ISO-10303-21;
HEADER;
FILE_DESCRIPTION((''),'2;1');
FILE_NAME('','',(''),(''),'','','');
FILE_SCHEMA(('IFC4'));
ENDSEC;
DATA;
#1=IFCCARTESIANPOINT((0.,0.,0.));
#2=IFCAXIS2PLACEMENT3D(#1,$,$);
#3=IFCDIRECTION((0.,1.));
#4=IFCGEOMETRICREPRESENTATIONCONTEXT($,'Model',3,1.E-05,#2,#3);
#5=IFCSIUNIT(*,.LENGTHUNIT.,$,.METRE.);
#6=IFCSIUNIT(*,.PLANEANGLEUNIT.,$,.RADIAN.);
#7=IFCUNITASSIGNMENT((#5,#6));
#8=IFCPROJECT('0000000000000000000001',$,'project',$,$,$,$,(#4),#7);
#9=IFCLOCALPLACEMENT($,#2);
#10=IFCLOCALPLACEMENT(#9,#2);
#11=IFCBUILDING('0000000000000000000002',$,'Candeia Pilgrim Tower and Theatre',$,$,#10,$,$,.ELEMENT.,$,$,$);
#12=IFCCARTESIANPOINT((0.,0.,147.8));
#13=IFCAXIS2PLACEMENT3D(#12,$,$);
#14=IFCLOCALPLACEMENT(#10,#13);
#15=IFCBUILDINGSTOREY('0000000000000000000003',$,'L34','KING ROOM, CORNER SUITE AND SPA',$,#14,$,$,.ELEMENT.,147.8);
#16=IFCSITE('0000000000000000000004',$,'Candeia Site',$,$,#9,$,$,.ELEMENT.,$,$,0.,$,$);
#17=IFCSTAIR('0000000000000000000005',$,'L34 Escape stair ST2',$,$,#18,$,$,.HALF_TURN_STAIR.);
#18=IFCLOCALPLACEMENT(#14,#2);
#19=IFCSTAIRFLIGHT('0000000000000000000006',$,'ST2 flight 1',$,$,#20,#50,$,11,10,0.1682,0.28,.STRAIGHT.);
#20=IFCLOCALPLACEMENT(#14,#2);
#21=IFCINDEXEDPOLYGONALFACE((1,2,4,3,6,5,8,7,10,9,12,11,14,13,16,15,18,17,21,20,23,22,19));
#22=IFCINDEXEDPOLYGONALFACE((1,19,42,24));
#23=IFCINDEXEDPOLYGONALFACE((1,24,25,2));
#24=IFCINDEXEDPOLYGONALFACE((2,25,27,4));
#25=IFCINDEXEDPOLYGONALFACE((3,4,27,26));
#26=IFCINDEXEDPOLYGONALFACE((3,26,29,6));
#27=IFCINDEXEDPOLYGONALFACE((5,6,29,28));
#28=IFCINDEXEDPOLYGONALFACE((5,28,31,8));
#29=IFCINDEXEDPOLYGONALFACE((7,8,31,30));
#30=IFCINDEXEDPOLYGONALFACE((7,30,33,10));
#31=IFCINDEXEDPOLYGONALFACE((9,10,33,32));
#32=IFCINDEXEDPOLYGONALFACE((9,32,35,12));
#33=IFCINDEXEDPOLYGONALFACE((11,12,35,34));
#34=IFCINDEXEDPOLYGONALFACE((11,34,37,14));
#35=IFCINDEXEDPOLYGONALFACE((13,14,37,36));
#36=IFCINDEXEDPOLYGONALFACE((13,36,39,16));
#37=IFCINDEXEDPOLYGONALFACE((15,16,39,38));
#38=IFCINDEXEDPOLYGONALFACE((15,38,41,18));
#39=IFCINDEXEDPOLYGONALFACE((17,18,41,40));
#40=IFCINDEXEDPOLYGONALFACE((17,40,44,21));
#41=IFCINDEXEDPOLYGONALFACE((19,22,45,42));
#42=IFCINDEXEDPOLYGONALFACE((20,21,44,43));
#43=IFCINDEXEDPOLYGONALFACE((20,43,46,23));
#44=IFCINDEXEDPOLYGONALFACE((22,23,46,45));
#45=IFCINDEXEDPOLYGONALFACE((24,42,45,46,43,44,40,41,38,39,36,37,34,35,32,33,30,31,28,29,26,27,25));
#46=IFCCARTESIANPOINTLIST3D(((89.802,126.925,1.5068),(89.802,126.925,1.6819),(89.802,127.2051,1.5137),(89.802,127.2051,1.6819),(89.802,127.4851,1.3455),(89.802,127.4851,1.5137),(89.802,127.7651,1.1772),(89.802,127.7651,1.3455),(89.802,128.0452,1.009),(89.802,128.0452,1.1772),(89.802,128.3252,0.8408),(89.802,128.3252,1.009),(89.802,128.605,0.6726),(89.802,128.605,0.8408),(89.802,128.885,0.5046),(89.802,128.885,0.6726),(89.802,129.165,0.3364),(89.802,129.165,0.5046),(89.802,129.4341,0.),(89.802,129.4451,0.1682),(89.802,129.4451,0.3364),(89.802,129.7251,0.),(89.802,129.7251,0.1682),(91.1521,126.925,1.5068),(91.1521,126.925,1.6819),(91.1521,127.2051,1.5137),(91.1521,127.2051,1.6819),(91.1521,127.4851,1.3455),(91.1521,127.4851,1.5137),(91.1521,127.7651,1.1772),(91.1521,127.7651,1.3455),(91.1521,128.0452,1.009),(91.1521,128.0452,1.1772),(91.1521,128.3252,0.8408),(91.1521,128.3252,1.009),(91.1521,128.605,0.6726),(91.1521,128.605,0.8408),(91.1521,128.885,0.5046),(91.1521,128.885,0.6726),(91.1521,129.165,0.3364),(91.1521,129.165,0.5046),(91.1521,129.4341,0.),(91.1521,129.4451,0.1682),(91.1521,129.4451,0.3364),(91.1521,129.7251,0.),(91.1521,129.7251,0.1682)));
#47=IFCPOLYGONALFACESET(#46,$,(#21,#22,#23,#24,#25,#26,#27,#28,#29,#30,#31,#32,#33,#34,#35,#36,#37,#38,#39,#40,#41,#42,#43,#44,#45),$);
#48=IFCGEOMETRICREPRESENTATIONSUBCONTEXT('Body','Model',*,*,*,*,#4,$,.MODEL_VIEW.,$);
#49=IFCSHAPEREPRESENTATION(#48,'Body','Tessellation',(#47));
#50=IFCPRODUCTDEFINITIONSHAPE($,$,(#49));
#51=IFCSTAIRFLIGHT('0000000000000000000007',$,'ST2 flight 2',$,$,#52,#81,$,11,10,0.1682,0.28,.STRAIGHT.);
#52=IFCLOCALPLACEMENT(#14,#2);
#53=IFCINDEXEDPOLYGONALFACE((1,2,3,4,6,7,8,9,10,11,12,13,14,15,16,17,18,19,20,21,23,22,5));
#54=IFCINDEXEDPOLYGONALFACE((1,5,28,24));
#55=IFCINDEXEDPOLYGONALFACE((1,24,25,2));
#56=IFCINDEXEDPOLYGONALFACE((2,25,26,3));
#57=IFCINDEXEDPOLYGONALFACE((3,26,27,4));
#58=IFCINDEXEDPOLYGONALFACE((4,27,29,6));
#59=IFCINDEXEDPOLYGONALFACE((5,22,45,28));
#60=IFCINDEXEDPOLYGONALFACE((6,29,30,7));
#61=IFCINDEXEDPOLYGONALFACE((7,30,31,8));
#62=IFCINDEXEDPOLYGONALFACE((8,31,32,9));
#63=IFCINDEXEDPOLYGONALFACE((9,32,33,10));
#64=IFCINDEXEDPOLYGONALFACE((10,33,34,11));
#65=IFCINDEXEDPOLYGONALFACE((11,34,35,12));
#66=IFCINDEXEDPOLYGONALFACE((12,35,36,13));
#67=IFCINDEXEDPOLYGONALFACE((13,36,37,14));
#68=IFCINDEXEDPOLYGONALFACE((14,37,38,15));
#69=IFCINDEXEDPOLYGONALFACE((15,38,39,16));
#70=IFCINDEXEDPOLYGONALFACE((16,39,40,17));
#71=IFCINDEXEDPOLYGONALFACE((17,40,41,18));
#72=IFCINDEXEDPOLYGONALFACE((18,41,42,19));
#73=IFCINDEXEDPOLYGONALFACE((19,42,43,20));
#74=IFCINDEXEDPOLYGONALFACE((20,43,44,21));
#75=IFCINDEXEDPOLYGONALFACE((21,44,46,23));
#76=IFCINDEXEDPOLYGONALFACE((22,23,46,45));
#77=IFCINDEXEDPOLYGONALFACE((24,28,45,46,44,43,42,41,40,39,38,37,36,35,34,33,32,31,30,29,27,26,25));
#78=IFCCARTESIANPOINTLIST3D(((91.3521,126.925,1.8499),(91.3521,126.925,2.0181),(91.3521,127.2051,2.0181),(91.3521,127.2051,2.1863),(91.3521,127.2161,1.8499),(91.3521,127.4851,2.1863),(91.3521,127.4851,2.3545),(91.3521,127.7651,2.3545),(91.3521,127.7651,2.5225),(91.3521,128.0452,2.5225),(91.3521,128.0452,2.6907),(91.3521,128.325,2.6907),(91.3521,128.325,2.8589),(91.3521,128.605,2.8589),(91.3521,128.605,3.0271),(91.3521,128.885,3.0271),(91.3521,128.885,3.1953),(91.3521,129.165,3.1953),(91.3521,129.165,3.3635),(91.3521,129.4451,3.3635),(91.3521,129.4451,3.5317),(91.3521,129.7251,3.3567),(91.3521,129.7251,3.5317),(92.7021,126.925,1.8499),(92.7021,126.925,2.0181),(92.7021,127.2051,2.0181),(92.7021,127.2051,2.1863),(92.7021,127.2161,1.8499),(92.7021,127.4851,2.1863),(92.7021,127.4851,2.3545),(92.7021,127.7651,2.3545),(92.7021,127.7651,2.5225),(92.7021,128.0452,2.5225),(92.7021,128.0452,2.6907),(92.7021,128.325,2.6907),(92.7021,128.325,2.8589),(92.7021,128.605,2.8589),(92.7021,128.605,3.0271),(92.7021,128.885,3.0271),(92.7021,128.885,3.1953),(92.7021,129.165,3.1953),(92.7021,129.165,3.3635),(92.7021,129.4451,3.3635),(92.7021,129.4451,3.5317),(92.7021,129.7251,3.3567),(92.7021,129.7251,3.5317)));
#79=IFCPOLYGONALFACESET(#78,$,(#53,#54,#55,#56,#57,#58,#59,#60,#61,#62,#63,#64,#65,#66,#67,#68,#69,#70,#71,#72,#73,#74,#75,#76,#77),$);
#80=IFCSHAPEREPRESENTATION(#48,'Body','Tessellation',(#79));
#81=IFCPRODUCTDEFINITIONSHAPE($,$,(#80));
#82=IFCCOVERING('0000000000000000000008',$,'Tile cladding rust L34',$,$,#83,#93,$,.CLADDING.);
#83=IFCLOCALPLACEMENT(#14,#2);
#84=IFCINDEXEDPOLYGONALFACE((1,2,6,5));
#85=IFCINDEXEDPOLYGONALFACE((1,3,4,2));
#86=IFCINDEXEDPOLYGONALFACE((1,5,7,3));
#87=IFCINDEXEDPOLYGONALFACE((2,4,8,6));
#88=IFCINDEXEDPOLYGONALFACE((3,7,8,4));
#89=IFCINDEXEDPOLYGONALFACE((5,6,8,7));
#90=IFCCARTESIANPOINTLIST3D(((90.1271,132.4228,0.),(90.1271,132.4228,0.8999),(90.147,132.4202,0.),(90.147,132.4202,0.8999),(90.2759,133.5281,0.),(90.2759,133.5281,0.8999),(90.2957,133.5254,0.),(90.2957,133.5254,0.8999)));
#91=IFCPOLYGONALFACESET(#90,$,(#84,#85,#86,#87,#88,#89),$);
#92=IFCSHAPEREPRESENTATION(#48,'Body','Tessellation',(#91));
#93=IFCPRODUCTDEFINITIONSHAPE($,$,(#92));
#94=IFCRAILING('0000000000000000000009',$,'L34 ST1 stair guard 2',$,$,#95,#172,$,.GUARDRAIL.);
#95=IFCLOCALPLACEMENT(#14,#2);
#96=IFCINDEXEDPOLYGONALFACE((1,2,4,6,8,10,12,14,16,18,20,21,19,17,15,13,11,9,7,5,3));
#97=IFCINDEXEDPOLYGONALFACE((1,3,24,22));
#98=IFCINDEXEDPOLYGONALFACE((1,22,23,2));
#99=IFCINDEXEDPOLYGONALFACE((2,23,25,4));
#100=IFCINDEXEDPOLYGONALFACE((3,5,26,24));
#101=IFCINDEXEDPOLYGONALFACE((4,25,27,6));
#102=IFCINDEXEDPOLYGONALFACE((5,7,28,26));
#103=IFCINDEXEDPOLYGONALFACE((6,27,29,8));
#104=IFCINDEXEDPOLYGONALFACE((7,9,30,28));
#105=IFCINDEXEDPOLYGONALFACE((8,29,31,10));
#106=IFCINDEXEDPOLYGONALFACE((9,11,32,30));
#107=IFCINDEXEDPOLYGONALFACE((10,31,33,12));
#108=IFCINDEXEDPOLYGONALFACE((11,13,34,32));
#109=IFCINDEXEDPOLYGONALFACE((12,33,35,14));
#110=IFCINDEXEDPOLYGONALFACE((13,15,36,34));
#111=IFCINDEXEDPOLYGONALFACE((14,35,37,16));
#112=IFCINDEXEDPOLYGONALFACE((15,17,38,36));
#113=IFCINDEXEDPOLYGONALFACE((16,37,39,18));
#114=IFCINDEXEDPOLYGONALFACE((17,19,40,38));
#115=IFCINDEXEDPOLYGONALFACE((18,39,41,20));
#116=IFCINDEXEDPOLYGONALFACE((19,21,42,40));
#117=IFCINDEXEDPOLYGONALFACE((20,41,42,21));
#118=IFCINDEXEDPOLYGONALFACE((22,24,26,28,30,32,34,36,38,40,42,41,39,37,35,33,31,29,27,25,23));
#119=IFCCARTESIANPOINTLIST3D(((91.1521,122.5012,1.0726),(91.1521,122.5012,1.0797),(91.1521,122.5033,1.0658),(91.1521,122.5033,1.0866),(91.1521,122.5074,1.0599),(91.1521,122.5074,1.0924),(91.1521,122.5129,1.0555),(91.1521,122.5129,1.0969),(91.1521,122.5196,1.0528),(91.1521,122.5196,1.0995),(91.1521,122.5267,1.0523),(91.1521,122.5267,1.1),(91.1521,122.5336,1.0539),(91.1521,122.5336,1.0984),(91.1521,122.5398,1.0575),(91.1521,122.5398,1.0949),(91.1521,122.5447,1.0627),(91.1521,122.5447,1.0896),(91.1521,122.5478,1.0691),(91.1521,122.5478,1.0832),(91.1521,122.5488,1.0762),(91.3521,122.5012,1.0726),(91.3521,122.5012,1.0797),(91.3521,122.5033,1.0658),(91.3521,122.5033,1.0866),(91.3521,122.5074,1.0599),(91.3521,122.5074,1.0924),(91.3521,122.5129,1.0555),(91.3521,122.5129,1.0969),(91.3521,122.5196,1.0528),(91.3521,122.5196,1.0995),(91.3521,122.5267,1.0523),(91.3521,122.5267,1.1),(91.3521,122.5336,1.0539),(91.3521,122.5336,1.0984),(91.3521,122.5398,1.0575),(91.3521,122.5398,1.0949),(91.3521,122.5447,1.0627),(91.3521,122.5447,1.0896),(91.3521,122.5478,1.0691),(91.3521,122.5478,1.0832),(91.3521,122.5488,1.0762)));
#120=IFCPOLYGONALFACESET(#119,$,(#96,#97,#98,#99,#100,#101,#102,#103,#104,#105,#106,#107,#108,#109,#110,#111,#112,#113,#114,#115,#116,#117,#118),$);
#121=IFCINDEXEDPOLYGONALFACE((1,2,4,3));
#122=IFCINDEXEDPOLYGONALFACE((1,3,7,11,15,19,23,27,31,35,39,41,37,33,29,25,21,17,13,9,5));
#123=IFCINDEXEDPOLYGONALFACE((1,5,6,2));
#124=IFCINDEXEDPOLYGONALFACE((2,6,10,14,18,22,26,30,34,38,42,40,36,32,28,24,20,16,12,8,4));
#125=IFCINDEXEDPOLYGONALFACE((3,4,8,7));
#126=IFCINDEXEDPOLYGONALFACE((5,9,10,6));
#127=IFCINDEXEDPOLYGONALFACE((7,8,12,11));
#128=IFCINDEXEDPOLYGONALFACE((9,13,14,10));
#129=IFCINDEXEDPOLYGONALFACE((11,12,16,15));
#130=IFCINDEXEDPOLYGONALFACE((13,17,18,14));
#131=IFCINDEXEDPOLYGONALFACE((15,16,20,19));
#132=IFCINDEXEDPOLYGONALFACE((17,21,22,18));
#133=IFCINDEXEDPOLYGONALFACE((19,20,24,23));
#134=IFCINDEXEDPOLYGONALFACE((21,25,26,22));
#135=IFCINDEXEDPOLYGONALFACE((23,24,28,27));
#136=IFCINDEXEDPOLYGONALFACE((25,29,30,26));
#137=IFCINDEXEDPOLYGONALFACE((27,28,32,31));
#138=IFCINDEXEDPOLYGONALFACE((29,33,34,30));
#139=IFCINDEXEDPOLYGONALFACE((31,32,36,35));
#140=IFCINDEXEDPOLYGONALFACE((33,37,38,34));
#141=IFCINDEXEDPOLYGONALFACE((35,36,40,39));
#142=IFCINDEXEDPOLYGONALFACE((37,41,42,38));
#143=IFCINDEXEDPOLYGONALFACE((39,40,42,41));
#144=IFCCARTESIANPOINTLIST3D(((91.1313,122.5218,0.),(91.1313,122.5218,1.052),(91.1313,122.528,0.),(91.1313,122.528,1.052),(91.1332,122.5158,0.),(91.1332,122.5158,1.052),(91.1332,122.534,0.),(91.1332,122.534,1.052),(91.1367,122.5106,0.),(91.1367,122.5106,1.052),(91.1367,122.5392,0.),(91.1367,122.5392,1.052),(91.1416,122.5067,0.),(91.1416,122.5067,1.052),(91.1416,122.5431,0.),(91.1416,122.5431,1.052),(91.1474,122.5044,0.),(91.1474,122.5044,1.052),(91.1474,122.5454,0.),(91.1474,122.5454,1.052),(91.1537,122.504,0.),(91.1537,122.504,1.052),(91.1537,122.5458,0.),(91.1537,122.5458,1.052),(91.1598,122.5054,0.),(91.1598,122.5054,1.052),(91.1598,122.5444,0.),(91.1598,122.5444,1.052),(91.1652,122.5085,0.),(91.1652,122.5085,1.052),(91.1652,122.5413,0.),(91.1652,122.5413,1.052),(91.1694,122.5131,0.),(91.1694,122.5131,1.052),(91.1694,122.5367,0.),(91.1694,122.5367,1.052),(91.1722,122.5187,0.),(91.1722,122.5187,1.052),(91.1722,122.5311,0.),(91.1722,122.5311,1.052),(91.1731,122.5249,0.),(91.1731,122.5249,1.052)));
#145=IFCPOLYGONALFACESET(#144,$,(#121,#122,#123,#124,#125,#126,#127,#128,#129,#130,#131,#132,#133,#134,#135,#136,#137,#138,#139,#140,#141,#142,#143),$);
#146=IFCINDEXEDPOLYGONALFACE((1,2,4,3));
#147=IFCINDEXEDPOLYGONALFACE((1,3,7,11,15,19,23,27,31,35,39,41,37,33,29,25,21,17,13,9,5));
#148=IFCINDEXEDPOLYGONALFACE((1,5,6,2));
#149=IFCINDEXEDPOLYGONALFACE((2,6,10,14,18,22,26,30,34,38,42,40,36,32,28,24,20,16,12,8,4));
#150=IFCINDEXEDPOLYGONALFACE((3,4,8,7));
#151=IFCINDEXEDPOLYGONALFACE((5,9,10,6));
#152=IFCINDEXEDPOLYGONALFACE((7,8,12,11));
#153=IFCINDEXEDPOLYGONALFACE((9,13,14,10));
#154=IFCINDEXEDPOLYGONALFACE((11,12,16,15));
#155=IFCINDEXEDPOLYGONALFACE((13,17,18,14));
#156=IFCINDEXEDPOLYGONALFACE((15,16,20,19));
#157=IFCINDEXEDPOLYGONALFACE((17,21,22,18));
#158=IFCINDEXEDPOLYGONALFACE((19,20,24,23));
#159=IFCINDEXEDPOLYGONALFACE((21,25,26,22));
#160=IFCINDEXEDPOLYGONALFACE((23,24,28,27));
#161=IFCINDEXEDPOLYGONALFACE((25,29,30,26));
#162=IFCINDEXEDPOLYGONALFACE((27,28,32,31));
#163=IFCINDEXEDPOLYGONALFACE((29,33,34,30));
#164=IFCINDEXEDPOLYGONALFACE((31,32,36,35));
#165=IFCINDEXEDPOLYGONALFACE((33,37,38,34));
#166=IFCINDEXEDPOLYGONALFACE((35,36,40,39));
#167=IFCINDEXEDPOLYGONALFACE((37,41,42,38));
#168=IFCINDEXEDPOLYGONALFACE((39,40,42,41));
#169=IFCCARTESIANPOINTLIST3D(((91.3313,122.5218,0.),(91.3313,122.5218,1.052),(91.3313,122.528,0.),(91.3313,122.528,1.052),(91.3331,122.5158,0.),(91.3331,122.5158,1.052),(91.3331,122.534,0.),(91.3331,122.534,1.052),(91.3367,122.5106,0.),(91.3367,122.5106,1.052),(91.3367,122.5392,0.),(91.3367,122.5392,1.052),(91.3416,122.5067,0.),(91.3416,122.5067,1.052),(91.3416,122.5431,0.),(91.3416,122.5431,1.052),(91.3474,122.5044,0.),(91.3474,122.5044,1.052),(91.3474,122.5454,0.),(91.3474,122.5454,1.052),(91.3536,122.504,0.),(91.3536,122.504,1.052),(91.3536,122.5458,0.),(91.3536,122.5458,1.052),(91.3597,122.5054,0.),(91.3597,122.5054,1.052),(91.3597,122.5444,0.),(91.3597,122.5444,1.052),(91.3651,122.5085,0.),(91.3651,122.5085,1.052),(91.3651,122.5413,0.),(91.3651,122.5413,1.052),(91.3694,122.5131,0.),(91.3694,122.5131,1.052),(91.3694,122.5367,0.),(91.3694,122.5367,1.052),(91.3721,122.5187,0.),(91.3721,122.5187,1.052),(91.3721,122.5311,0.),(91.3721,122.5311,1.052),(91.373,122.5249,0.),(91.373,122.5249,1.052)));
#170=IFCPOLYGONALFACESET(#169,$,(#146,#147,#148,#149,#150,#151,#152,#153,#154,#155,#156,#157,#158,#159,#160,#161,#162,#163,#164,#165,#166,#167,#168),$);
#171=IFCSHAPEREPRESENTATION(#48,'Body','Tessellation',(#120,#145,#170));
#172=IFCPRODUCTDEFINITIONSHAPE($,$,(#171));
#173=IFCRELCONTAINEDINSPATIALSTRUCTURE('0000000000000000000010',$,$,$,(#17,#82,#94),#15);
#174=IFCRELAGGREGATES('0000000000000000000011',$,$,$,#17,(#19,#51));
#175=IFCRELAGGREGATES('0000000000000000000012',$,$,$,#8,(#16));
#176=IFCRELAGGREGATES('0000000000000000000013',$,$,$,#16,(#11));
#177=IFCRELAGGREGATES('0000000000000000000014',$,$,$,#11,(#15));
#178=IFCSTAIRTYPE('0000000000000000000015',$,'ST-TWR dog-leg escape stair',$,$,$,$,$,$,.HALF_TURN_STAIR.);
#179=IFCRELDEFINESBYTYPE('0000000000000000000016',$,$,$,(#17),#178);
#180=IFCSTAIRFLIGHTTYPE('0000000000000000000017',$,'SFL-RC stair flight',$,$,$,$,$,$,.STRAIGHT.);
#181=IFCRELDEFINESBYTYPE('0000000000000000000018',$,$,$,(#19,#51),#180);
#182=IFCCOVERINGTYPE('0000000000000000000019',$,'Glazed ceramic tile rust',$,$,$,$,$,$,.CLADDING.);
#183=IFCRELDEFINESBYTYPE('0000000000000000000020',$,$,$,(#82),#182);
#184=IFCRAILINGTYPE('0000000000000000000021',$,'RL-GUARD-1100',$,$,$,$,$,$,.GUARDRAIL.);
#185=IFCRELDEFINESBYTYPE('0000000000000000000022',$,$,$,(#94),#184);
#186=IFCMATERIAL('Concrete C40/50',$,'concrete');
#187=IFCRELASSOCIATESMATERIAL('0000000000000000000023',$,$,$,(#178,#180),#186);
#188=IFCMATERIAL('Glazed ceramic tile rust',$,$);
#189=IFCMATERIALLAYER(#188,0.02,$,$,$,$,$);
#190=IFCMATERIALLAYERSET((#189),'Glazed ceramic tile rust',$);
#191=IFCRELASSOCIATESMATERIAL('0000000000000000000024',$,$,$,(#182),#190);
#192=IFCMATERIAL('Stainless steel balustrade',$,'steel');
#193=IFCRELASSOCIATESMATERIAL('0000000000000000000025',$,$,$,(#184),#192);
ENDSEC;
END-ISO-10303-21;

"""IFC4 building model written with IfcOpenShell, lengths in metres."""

from ifc_helpers import new_model, si_unit, direction, frame, origin, origin_2d, place, context, subcontext, project, spatial, polyline, rectangle, circle, outline, extrude, material, layer, layer_set, type_object, element, aggregate, save


model = new_model("IFC4")

# Units and contexts
model_context = context("Model", 3, precision=1e-05, world=origin(), true_north=direction((0.0, 1.0)))
body_context = subcontext(model_context, "Body", "Model", "MODEL_VIEW")
ifc_project = project(units=[si_unit("LENGTHUNIT", "METRE"), si_unit("PLANEANGLEUNIT", "RADIAN")], contexts=[model_context])

# Site, building, storey
site_placement = place(None, origin())
site = spatial("IfcSite", under=ifc_project, at=site_placement, Name="Candeia Site", CompositionType="ELEMENT", RefElevation=0.0)
building_placement = place(site_placement, origin())
building = spatial("IfcBuilding", under=site, at=building_placement, Name="Candeia Pilgrim Tower and Theatre", CompositionType="ELEMENT")
storey_placement = place(building_placement, frame((0.0, 0.0, 147.8)))
storey = spatial("IfcBuildingStorey", under=building, at=storey_placement, Name="L34", Description="KING ROOM, CORNER SUITE AND SPA", CompositionType="ELEMENT", Elevation=147.8)

# Shared definitions
ifc_material_1 = material(Name="Concrete C40/50", Category="concrete")

# Stair, stair flights
stair_type = type_object("IfcStairType", Name="ST-TWR dog-leg escape stair", PredefinedType="HALF_TURN_STAIR", material=ifc_material_1)
stair_flight_type = type_object("IfcStairFlightType", Name="SFL-RC stair flight", PredefinedType="STRAIGHT", material=ifc_material_1)
stair_1_placement = place(storey_placement, origin())
stair_1 = element("IfcStair", 1, at=stair_1_placement, inside=storey, type_object=stair_type, Name="L34 Escape stair ST2", PredefinedType="HALF_TURN_STAIR")
stair_flight_1_placement = place(storey_placement, frame((90.4771, 129.7251, 0.0), z_axis=(0.0, 0.0, 1.0), x_axis=(0.0, -1.0, 0.0)))
stair_flight_1 = element("IfcStairFlight", 2, at=stair_flight_1_placement, type_object=stair_flight_type, Name="ST2 flight 1", NumberOfRisers=11, NumberOfTreads=10, PredefinedType="STRAIGHT", RiserHeight=0.1682, TreadLength=0.28, context=body_context, shape_type="SweptSolid", body=[
    extrude(outline(polyline([(0.0, 0.0), (0.0, 0.1682), (0.28, 0.1682), (0.28, 0.3364), (0.5601, 0.3364), (0.5601, 0.5046), (0.8401, 0.5046), (0.8401, 0.6726), (1.1201, 0.6726), (1.1201, 0.8408), (1.3999, 0.8408), (1.3999, 1.009), (1.6799, 1.009), (1.6799, 1.1772), (1.96, 1.1772), (1.96, 1.3455), (2.24, 1.3455), (2.24, 1.5137), (2.52, 1.5137), (2.52, 1.6819), (2.8, 1.6819), (2.8, 1.8501), (2.8, 1.5068), (0.291, 0.0), (0.0, 0.0)])), frame((0.0, 0.675, 0.0), z_axis=(0.0, -1.0, 0.0), x_axis=(1.0, 0.0, 0.0)), (0.0, 0.0, 1.0), 1.3501),
])
stair_flight_2_placement = place(storey_placement, frame((92.0271, 126.925, 1.8499), z_axis=(0.0, 0.0, 1.0), x_axis=(0.0, 1.0, 0.0)))
stair_flight_2 = element("IfcStairFlight", 3, at=stair_flight_2_placement, type_object=stair_flight_type, Name="ST2 flight 2", NumberOfRisers=11, NumberOfTreads=10, PredefinedType="STRAIGHT", RiserHeight=0.1682, TreadLength=0.28, context=body_context, shape_type="SweptSolid", body=[
    extrude(outline(polyline([(0.0, 0.0), (0.0, 0.1682), (0.28, 0.1682), (0.28, 0.3364), (0.5601, 0.3364), (0.5601, 0.5046), (0.8401, 0.5046), (0.8401, 0.6726), (1.1201, 0.6726), (1.1201, 0.8408), (1.3999, 0.8408), (1.3999, 1.009), (1.6799, 1.009), (1.6799, 1.1772), (1.96, 1.1772), (1.96, 1.3455), (2.24, 1.3455), (2.24, 1.5137), (2.52, 1.5137), (2.52, 1.6819), (2.8, 1.6819), (2.8, 1.8501), (2.8, 1.5068), (0.291, 0.0), (0.0, 0.0)])), frame((0.0, 0.675, 0.0), z_axis=(0.0, -1.0, 0.0), x_axis=(1.0, 0.0, 0.0)), (0.0, 0.0, 1.0), 1.3501),
])
aggregate(stair_1, [stair_flight_1, stair_flight_2])

# Shared definitions
ifc_material_2 = material(Name="Stainless steel balustrade", Category="steel")

# Covering
ifc_material_3 = material(Name="Glazed ceramic tile rust")
ifc_layer_1 = layer(ifc_material_3, 0.02)
ifc_layer_set_1 = layer_set([ifc_layer_1], Name="Glazed ceramic tile rust")
covering_type = type_object("IfcCoveringType", Name="Glazed ceramic tile rust", PredefinedType="CLADDING", material=ifc_layer_set_1)
covering_placement = place(storey_placement, frame((90.2114, 132.9741, 0.0), z_axis=(0.0, 0.0, 1.0), x_axis=(-0.133412, -0.991061, 0.0)))
element("IfcCovering", 4, at=covering_placement, inside=storey, type_object=covering_type, Name="Tile cladding rust L34", PredefinedType="CLADDING", context=body_context, shape_type="SweptSolid", body=[
    extrude(rectangle(XDim=1.1152, YDim=0.02, at=origin_2d()), origin(), (0.0, 0.0, 1.0), 0.8999),
])

# Railing
railing_type_1 = type_object("IfcRailingType", Name="RL-GUARD-1100", PredefinedType="GUARDRAIL", material=ifc_material_2)
railing_1_placement = place(storey_placement, frame((91.1521, 122.5249, 0.0)))
element("IfcRailing", 5, at=railing_1_placement, inside=storey, type_object=railing_type_1, Name="L34 ST1 stair guard 2", PredefinedType="GUARDRAIL", context=body_context, shape_type="SweptSolid", body=[
    extrude(circle(Radius=0.0239, at=origin_2d()), frame((0.0, 0.0, 1.0762), z_axis=(1.0, 0.0, 0.0), x_axis=(0.0, 1.0, 0.0)), (0.0, 0.0, 1.0), 0.2),
    extrude(circle(Radius=0.021, at=origin_2d()), origin(), (0.0, 0.0, 1.0), 1.052),
    extrude(circle(Radius=0.021, at=origin_2d()), frame((0.2, 0.0, 0.0)), (0.0, 0.0, 1.0), 1.052),
])

save(model, "model.ifc")
